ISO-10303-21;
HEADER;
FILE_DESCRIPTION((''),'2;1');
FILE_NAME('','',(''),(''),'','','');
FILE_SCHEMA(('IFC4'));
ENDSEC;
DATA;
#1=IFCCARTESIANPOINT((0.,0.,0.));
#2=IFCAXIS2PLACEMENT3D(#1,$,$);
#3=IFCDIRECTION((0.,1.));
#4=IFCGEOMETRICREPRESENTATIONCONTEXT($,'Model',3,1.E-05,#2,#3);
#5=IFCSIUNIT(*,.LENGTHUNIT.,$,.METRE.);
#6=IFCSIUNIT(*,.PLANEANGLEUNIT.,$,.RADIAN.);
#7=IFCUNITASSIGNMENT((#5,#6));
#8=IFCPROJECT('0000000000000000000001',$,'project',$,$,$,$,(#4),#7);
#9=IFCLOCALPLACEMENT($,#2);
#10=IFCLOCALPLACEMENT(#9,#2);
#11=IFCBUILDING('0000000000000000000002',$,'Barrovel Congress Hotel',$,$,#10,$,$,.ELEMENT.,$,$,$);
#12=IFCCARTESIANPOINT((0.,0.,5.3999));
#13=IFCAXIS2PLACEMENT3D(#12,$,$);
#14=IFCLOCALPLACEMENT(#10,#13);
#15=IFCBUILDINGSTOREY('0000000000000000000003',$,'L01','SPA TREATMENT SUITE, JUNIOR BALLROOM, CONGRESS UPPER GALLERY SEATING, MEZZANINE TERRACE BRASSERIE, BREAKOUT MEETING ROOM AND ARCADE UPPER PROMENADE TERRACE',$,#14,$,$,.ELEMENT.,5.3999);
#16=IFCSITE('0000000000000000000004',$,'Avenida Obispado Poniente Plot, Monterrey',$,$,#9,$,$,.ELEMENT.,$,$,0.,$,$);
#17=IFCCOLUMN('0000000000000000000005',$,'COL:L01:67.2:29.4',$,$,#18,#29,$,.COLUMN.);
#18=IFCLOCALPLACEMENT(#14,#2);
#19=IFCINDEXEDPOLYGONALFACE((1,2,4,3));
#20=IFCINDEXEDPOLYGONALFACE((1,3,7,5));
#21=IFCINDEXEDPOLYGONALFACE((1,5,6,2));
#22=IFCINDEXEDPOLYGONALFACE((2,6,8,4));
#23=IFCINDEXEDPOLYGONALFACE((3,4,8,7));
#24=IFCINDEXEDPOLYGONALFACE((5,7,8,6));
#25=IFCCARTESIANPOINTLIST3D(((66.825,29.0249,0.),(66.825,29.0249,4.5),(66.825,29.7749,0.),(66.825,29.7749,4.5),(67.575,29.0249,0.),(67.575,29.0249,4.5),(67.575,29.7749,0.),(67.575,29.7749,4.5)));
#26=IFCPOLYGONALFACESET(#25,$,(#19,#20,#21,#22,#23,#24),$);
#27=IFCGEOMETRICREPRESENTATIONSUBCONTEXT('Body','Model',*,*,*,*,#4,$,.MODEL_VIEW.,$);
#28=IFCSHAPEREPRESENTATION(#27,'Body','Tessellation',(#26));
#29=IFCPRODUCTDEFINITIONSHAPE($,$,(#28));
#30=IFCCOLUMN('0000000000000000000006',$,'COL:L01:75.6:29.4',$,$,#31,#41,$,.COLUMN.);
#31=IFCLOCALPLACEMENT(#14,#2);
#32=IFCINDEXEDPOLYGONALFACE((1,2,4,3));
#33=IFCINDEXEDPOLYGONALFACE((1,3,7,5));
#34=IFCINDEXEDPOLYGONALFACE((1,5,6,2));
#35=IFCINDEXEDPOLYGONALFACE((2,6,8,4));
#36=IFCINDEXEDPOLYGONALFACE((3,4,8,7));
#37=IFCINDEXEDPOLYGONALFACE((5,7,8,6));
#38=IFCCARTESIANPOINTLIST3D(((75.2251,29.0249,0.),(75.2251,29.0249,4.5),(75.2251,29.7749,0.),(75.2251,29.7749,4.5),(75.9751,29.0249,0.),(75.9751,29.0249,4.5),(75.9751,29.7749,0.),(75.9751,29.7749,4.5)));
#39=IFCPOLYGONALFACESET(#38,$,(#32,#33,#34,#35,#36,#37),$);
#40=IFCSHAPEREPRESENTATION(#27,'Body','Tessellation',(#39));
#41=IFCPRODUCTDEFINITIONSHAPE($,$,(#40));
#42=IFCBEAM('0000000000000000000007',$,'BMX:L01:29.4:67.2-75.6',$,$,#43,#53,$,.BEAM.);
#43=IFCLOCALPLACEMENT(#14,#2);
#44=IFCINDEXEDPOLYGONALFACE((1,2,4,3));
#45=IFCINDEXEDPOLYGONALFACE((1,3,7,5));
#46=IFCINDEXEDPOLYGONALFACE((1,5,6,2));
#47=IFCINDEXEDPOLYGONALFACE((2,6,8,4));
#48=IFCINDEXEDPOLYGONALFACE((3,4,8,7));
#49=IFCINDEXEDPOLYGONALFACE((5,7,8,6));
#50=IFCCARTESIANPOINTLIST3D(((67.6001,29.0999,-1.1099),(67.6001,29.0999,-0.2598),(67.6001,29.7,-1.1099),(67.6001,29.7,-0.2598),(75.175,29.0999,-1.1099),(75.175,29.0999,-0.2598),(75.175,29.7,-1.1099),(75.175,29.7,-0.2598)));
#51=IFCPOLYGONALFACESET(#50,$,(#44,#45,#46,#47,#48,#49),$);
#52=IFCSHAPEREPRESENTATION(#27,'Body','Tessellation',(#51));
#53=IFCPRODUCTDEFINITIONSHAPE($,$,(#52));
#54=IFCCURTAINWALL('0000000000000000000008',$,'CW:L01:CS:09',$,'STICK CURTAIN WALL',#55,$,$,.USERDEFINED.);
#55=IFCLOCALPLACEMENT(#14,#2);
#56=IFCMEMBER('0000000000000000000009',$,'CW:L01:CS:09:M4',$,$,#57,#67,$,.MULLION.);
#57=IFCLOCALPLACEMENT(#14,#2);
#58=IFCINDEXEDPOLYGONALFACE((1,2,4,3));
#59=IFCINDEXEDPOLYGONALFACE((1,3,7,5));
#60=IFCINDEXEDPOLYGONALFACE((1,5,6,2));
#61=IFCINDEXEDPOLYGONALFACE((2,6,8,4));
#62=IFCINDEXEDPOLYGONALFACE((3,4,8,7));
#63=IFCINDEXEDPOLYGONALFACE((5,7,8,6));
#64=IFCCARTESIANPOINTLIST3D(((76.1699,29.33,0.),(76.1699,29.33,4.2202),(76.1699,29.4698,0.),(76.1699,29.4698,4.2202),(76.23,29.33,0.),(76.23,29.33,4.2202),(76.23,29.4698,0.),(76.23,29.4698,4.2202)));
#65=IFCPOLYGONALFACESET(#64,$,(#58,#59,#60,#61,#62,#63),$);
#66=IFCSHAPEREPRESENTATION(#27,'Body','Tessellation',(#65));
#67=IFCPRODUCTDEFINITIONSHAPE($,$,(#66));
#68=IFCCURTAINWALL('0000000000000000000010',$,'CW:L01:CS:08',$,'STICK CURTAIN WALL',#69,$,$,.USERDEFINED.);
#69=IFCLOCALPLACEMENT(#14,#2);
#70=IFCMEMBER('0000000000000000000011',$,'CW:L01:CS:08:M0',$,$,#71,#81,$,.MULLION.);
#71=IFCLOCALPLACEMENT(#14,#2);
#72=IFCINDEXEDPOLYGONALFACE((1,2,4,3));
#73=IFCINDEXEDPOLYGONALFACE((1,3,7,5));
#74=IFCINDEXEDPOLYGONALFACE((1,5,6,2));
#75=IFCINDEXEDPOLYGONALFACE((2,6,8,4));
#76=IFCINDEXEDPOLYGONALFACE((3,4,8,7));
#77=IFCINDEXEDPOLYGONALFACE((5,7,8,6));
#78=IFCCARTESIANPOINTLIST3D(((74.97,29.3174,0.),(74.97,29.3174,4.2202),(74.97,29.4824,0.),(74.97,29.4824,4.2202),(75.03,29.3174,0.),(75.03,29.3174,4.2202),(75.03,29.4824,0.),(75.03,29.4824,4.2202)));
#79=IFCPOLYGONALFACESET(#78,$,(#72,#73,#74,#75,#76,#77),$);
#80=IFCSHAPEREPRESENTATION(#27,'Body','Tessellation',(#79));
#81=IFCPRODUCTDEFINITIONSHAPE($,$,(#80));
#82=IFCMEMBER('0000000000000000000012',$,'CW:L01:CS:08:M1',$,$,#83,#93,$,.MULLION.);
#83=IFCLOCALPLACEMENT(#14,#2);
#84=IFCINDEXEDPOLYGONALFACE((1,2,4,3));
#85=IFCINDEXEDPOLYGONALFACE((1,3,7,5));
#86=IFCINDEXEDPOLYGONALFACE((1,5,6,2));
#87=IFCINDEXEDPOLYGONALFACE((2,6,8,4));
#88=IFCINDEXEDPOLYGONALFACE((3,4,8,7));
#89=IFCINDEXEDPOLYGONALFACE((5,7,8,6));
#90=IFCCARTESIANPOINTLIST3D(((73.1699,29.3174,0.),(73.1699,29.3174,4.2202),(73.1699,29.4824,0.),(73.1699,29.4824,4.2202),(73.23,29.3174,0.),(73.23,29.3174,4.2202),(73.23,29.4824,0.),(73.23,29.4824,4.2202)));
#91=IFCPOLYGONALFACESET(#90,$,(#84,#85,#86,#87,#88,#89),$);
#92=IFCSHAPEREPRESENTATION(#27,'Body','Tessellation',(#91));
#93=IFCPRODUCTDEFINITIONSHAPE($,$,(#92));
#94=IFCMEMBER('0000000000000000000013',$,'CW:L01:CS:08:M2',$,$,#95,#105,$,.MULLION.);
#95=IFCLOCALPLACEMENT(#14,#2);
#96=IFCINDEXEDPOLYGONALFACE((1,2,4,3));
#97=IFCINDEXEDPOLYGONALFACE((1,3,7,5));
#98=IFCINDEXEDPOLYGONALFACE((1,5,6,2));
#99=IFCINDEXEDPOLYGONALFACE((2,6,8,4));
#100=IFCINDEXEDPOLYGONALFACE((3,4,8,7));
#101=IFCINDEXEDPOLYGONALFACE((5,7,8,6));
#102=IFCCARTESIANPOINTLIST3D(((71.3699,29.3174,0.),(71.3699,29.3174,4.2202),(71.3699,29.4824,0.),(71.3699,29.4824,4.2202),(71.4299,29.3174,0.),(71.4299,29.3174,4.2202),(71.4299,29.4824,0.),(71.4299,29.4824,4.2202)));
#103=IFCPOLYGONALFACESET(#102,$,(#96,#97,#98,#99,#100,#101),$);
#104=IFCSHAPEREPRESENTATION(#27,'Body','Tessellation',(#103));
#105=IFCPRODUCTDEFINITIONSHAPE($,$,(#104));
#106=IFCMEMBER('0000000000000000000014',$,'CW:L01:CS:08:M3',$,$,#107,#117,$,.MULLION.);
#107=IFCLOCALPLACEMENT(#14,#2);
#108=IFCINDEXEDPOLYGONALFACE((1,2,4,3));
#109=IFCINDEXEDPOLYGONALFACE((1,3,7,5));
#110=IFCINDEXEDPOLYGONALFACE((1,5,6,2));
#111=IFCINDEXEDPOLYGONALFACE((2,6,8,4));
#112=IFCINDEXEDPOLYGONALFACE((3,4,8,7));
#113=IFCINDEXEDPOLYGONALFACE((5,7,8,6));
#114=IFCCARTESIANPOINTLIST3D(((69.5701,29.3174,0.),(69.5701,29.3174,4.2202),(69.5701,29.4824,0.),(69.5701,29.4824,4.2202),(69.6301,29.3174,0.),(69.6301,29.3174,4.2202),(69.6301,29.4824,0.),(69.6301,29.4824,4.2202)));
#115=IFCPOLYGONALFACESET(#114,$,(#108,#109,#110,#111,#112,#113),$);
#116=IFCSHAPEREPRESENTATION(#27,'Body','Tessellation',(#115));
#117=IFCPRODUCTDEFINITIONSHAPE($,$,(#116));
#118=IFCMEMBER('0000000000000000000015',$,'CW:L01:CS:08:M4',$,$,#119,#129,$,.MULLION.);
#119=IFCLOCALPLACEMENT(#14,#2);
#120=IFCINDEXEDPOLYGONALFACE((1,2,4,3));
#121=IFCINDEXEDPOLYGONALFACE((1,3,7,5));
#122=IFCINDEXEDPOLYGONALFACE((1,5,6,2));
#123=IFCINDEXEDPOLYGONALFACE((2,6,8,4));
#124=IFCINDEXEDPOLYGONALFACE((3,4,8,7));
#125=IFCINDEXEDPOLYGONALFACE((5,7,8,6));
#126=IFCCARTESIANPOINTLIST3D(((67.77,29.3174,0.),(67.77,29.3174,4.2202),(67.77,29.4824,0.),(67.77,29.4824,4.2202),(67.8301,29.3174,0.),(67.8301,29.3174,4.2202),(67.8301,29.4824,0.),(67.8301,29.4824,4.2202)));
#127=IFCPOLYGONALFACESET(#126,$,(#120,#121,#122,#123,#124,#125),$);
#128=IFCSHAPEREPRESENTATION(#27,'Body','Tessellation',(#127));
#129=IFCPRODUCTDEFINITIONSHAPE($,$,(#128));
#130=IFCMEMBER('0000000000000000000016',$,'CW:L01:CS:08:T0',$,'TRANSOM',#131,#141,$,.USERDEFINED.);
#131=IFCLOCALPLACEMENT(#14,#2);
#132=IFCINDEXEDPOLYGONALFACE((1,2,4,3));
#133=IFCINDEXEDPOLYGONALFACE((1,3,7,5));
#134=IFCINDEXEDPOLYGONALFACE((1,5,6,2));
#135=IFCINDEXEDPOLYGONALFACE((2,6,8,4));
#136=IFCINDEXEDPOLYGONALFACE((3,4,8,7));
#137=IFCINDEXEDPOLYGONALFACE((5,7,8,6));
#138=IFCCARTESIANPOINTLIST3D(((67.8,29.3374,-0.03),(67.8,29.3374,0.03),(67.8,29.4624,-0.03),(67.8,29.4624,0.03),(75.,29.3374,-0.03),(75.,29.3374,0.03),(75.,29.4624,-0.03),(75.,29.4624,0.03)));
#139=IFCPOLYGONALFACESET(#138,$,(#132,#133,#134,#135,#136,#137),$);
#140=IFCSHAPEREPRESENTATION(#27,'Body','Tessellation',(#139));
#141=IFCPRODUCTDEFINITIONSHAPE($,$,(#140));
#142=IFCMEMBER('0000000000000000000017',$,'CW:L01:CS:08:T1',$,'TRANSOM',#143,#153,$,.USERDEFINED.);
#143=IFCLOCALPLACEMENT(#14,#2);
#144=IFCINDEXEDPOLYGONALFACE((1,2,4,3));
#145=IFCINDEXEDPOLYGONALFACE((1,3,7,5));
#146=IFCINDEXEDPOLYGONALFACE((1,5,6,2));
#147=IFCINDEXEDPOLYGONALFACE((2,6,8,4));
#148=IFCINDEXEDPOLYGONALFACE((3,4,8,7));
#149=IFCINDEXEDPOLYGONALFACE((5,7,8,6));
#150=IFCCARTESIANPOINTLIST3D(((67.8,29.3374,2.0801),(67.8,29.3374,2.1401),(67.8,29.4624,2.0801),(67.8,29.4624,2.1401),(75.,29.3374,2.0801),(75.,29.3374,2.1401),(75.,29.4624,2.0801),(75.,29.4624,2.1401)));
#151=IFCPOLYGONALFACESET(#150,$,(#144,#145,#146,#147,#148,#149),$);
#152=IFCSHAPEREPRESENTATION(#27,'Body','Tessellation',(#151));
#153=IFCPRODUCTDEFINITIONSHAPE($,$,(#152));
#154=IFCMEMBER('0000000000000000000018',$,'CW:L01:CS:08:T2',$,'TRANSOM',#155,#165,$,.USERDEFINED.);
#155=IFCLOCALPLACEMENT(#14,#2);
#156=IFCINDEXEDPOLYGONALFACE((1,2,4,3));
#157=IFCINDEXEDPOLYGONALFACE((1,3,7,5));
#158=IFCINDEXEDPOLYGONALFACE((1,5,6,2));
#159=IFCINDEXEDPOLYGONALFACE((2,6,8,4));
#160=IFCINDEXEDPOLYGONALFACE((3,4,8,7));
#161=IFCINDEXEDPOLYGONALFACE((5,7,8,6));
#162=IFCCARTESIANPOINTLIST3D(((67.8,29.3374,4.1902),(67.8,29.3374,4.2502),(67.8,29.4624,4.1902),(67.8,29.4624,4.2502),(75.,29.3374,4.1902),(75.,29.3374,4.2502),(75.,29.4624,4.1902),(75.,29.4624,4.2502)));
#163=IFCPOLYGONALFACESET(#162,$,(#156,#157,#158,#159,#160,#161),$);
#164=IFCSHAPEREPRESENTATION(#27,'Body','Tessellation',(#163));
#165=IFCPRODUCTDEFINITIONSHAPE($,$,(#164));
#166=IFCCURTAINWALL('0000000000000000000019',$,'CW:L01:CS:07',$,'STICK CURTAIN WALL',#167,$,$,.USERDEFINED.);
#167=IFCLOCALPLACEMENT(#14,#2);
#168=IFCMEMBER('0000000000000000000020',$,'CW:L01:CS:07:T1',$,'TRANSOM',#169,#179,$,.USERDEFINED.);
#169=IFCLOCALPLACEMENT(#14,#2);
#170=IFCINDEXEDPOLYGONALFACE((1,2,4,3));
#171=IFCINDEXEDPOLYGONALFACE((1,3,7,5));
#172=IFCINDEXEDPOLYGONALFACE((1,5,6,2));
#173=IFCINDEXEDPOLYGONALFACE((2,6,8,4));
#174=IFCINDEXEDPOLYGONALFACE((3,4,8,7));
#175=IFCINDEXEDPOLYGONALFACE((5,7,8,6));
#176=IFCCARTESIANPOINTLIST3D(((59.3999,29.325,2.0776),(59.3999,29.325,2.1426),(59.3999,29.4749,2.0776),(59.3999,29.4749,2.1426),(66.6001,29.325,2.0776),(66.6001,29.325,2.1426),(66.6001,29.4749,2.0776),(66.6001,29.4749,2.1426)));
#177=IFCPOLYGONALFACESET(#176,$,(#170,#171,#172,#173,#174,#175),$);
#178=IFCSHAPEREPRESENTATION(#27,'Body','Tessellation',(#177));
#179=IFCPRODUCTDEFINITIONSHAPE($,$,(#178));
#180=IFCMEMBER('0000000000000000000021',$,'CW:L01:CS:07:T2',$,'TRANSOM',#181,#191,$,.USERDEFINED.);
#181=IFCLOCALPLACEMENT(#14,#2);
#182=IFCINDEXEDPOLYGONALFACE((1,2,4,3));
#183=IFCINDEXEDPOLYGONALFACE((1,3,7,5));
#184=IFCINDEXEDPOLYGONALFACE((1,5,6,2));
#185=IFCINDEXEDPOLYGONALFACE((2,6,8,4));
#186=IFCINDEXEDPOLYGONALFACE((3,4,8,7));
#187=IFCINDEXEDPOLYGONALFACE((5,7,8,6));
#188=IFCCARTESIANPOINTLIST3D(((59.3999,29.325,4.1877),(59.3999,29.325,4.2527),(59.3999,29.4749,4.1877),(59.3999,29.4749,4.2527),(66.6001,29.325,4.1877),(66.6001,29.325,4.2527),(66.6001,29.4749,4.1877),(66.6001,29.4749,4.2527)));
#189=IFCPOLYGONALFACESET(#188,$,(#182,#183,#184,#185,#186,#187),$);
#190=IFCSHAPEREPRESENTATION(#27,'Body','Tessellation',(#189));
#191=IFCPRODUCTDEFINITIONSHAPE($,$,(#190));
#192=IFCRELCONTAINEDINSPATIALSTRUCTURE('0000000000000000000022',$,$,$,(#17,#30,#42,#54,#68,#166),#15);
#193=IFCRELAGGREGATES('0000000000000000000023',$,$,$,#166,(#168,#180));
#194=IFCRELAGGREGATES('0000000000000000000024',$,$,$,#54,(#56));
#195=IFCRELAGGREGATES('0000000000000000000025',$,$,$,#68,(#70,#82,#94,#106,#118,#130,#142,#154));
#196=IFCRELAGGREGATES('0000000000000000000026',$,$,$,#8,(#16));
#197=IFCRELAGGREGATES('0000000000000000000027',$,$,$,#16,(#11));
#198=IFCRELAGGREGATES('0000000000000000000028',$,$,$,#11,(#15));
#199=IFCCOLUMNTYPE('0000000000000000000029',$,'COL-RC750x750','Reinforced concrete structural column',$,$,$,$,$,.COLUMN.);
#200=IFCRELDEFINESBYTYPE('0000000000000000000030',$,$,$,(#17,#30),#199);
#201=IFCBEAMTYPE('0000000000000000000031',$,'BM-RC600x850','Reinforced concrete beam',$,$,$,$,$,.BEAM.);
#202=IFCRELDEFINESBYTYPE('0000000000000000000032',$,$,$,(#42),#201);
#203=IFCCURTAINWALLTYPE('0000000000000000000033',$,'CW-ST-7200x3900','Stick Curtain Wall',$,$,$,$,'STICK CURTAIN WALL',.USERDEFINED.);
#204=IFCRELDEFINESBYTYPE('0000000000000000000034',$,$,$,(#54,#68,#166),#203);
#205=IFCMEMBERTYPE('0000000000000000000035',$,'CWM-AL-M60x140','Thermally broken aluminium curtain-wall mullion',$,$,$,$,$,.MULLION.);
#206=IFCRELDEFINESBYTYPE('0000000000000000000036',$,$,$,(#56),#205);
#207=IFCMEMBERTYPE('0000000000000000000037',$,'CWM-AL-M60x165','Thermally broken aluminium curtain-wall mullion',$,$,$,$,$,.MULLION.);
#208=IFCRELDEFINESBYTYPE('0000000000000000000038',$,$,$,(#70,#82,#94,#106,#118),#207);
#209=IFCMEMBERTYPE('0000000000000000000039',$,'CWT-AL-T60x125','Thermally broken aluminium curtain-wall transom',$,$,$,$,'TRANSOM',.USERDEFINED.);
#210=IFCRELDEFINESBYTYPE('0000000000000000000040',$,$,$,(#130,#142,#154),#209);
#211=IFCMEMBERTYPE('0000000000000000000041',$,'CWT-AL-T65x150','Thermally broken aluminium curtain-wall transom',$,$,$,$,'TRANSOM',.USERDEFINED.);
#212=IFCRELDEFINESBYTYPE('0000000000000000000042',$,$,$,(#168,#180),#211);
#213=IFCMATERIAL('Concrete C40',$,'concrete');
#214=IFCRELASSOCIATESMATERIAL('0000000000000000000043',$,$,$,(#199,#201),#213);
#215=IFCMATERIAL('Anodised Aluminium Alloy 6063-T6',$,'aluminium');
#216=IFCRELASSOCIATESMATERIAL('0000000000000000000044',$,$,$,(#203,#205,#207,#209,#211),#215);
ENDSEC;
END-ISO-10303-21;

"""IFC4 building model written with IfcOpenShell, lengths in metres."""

from ifc_helpers import new_model, si_unit, direction, frame, origin, origin_2d, place, context, subcontext, project, spatial, rectangle, extrude, material, material_profile, profile_set, type_object, element, aggregate, save


model = new_model("IFC4")

# Units and contexts
model_context = context("Model", 3, precision=1e-05, world=origin(), true_north=direction((0.0, 1.0)))
body_context = subcontext(model_context, "Body", "Model", "MODEL_VIEW")
ifc_project = project(units=[si_unit("LENGTHUNIT", "METRE"), si_unit("PLANEANGLEUNIT", "RADIAN")], contexts=[model_context])

# Site, building, storey
site_placement = place(None, origin())
site = spatial("IfcSite", under=ifc_project, at=site_placement, Name="Avenida Obispado Poniente Plot, Monterrey", CompositionType="ELEMENT", RefElevation=0.0)
building_placement = place(site_placement, origin())
building = spatial("IfcBuilding", under=site, at=building_placement, Name="Barrovel Congress Hotel", CompositionType="ELEMENT")
storey_placement = place(building_placement, frame((0.0, 0.0, 5.3999)))
storey = spatial("IfcBuildingStorey", under=building, at=storey_placement, Name="L01", Description="SPA TREATMENT SUITE, JUNIOR BALLROOM, CONGRESS UPPER GALLERY SEATING, MEZZANINE TERRACE BRASSERIE, BREAKOUT MEETING ROOM AND ARCADE UPPER PROMENADE TERRACE", CompositionType="ELEMENT", Elevation=5.3999)

# Columns
ifc_material_1 = material(Name="Concrete C40", Category="concrete")
ifc_material_profile_1 = material_profile(ifc_material_1, rectangle(XDim=0.75, YDim=0.75, at=origin_2d()), Name="RC750x750")
ifc_profile_set_1 = profile_set([ifc_material_profile_1], Name="Concrete C40")
column_type = type_object("IfcColumnType", Name="COL-RC750x750", Description="Reinforced concrete structural column", PredefinedType="COLUMN", material=ifc_profile_set_1)
for number, where, z_axis, x_axis, name in (
    (1, (67.2, 29.3999, 0.0), (0.0, 0.0, 1.0), (1.0, 0.0, 0.0), "COL:L01:67.2:29.4"),
    (2, (75.6001, 29.3999, 0.0), (0.0, 0.0, 1.0), (1.0, 0.0, 0.0), "COL:L01:75.6:29.4"),
):
    element("IfcColumn", number, at=place(storey_placement, frame(where, z_axis=z_axis, x_axis=x_axis)), inside=storey, type_object=column_type, Name=name, PredefinedType="COLUMN", context=body_context, shape_type="SweptSolid", body=[
        extrude(rectangle(XDim=0.75, YDim=0.75, at=origin_2d()), origin(), (0.0, 0.0, 1.0), 4.5),
    ])

# Beam
ifc_material_profile_2 = material_profile(ifc_material_1, rectangle(XDim=0.6001, YDim=0.8501, at=origin_2d()), Name="RC600x850")
ifc_profile_set_2 = profile_set([ifc_material_profile_2], Name="Concrete C40")
beam_type_1 = type_object("IfcBeamType", Name="BM-RC600x850", Description="Reinforced concrete beam", PredefinedType="BEAM", material=ifc_profile_set_2)
beam_1_placement = place(storey_placement, frame((67.6001, 29.3999, -0.6848), z_axis=(1.0, 0.0, 0.0), x_axis=(0.0, 1.0, 0.0)))
element("IfcBeam", 3, at=beam_1_placement, inside=storey, type_object=beam_type_1, Name="BMX:L01:29.4:67.2-75.6", PredefinedType="BEAM", context=body_context, shape_type="SweptSolid", body=[
    extrude(rectangle(XDim=0.6001, YDim=0.8501, at=origin_2d()), origin(), (0.0, 0.0, 1.0), 7.575),
])

# Curtain wall, member
ifc_material_2 = material(Name="Anodised Aluminium Alloy 6063-T6", Category="aluminium")
curtain_wall_type = type_object("IfcCurtainWallType", Name="CW-ST-7200x3900", Description="Stick Curtain Wall", ElementType="STICK CURTAIN WALL", PredefinedType="USERDEFINED", material=ifc_material_2)
curtain_wall_1_placement = place(storey_placement, origin())
curtain_wall_1 = element("IfcCurtainWall", 4, at=curtain_wall_1_placement, inside=storey, type_object=curtain_wall_type, Name="CW:L01:CS:09", ObjectType="STICK CURTAIN WALL", PredefinedType="USERDEFINED")
ifc_material_profile_3 = material_profile(ifc_material_2, rectangle(XDim=0.0601, YDim=0.1399, at=origin_2d()), Name="AL-M60x140")
ifc_profile_set_3 = profile_set([ifc_material_profile_3], Name="Anodised Aluminium Alloy 6063-T6")
member_type_1 = type_object("IfcMemberType", Name="CWM-AL-M60x140", Description="Thermally broken aluminium curtain-wall mullion", PredefinedType="MULLION", material=ifc_profile_set_3)
member_1_placement = place(storey_placement, frame((76.2, 29.3999, 0.0), z_axis=(0.0, 0.0, 1.0), x_axis=(1.0, 0.0, 0.0)))
member_1 = element("IfcMember", 5, at=member_1_placement, type_object=member_type_1, Name="CW:L01:CS:09:M4", PredefinedType="MULLION", context=body_context, shape_type="SweptSolid", body=[
    extrude(rectangle(XDim=0.0601, YDim=0.1399, at=origin_2d()), origin(), (0.0, 0.0, 1.0), 4.2202),
])

# Curtain walls, members
curtain_wall_2_placement = place(storey_placement, origin())
curtain_wall_2 = element("IfcCurtainWall", 6, at=curtain_wall_2_placement, inside=storey, type_object=curtain_wall_type, Name="CW:L01:CS:08", ObjectType="STICK CURTAIN WALL", PredefinedType="USERDEFINED")
ifc_material_profile_4 = material_profile(ifc_material_2, rectangle(XDim=0.0601, YDim=0.165, at=origin_2d()), Name="AL-M60x165")
ifc_profile_set_4 = profile_set([ifc_material_profile_4], Name="Anodised Aluminium Alloy 6063-T6")
member_type_2 = type_object("IfcMemberType", Name="CWM-AL-M60x165", Description="Thermally broken aluminium curtain-wall mullion", PredefinedType="MULLION", material=ifc_profile_set_4)
member_2_placement = place(storey_placement, frame((75.0, 29.3999, 0.0), z_axis=(0.0, 0.0, 1.0), x_axis=(1.0, 0.0, 0.0)))
member_2 = element("IfcMember", 7, at=member_2_placement, type_object=member_type_2, Name="CW:L01:CS:08:M0", PredefinedType="MULLION", context=body_context, shape_type="SweptSolid", body=[
    extrude(rectangle(XDim=0.0601, YDim=0.165, at=origin_2d()), origin(), (0.0, 0.0, 1.0), 4.2202),
])
member_3_placement = place(storey_placement, frame((73.2, 29.3999, 0.0), z_axis=(0.0, 0.0, 1.0), x_axis=(1.0, 0.0, 0.0)))
member_3 = element("IfcMember", 8, at=member_3_placement, type_object=member_type_2, Name="CW:L01:CS:08:M1", PredefinedType="MULLION", context=body_context, shape_type="SweptSolid", body=[
    extrude(rectangle(XDim=0.0601, YDim=0.165, at=origin_2d()), origin(), (0.0, 0.0, 1.0), 4.2202),
])
member_4_placement = place(storey_placement, frame((71.3999, 29.3999, 0.0), z_axis=(0.0, 0.0, 1.0), x_axis=(1.0, 0.0, 0.0)))
member_4 = element("IfcMember", 9, at=member_4_placement, type_object=member_type_2, Name="CW:L01:CS:08:M2", PredefinedType="MULLION", context=body_context, shape_type="SweptSolid", body=[
    extrude(rectangle(XDim=0.0601, YDim=0.165, at=origin_2d()), origin(), (0.0, 0.0, 1.0), 4.2202),
])
member_5_placement = place(storey_placement, frame((69.6001, 29.3999, 0.0), z_axis=(0.0, 0.0, 1.0), x_axis=(1.0, 0.0, 0.0)))
member_5 = element("IfcMember", 10, at=member_5_placement, type_object=member_type_2, Name="CW:L01:CS:08:M3", PredefinedType="MULLION", context=body_context, shape_type="SweptSolid", body=[
    extrude(rectangle(XDim=0.0601, YDim=0.165, at=origin_2d()), origin(), (0.0, 0.0, 1.0), 4.2202),
])
member_6_placement = place(storey_placement, frame((67.8, 29.3999, 0.0), z_axis=(0.0, 0.0, 1.0), x_axis=(1.0, 0.0, 0.0)))
member_6 = element("IfcMember", 11, at=member_6_placement, type_object=member_type_2, Name="CW:L01:CS:08:M4", PredefinedType="MULLION", context=body_context, shape_type="SweptSolid", body=[
    extrude(rectangle(XDim=0.0601, YDim=0.165, at=origin_2d()), origin(), (0.0, 0.0, 1.0), 4.2202),
])
ifc_material_profile_5 = material_profile(ifc_material_2, rectangle(XDim=0.125, YDim=0.0601, at=origin_2d()), Name="AL-T60x125")
ifc_profile_set_5 = profile_set([ifc_material_profile_5], Name="Anodised Aluminium Alloy 6063-T6")
member_type_3 = type_object("IfcMemberType", Name="CWT-AL-T60x125", Description="Thermally broken aluminium curtain-wall transom", ElementType="TRANSOM", PredefinedType="USERDEFINED", material=ifc_profile_set_5)
member_7_placement = place(storey_placement, frame((75.0, 29.3999, 0.0), z_axis=(-1.0, 0.0, 0.0), x_axis=(0.0, -1.0, 0.0)))
member_7 = element("IfcMember", 12, at=member_7_placement, type_object=member_type_3, Name="CW:L01:CS:08:T0", ObjectType="TRANSOM", PredefinedType="USERDEFINED", context=body_context, shape_type="SweptSolid", body=[
    extrude(rectangle(XDim=0.125, YDim=0.0601, at=origin_2d()), origin(), (0.0, 0.0, 1.0), 7.2),
])
member_8_placement = place(storey_placement, frame((75.0, 29.3999, 2.1101), z_axis=(-1.0, 0.0, 0.0), x_axis=(0.0, -1.0, 0.0)))
member_8 = element("IfcMember", 13, at=member_8_placement, type_object=member_type_3, Name="CW:L01:CS:08:T1", ObjectType="TRANSOM", PredefinedType="USERDEFINED", context=body_context, shape_type="SweptSolid", body=[
    extrude(rectangle(XDim=0.125, YDim=0.0601, at=origin_2d()), origin(), (0.0, 0.0, 1.0), 7.2),
])
member_9_placement = place(storey_placement, frame((75.0, 29.3999, 4.2202), z_axis=(-1.0, 0.0, 0.0), x_axis=(0.0, -1.0, 0.0)))
member_9 = element("IfcMember", 14, at=member_9_placement, type_object=member_type_3, Name="CW:L01:CS:08:T2", ObjectType="TRANSOM", PredefinedType="USERDEFINED", context=body_context, shape_type="SweptSolid", body=[
    extrude(rectangle(XDim=0.125, YDim=0.0601, at=origin_2d()), origin(), (0.0, 0.0, 1.0), 7.2),
])
curtain_wall_3_placement = place(storey_placement, origin())
curtain_wall_3 = element("IfcCurtainWall", 15, at=curtain_wall_3_placement, inside=storey, type_object=curtain_wall_type, Name="CW:L01:CS:07", ObjectType="STICK CURTAIN WALL", PredefinedType="USERDEFINED")
ifc_material_profile_6 = material_profile(ifc_material_2, rectangle(XDim=0.1499, YDim=0.0649, at=origin_2d()), Name="AL-T65x150")
ifc_profile_set_6 = profile_set([ifc_material_profile_6], Name="Anodised Aluminium Alloy 6063-T6")
member_type_4 = type_object("IfcMemberType", Name="CWT-AL-T65x150", Description="Thermally broken aluminium curtain-wall transom", ElementType="TRANSOM", PredefinedType="USERDEFINED", material=ifc_profile_set_6)
member_10_placement = place(storey_placement, frame((66.6001, 29.3999, 2.1101), z_axis=(-1.0, 0.0, 0.0), x_axis=(0.0, -1.0, 0.0)))
member_10 = element("IfcMember", 16, at=member_10_placement, type_object=member_type_4, Name="CW:L01:CS:07:T1", ObjectType="TRANSOM", PredefinedType="USERDEFINED", context=body_context, shape_type="SweptSolid", body=[
    extrude(rectangle(XDim=0.1499, YDim=0.0649, at=origin_2d()), origin(), (0.0, 0.0, 1.0), 7.2002),
])
member_11_placement = place(storey_placement, frame((66.6001, 29.3999, 4.2202), z_axis=(-1.0, 0.0, 0.0), x_axis=(0.0, -1.0, 0.0)))
member_11 = element("IfcMember", 17, at=member_11_placement, type_object=member_type_4, Name="CW:L01:CS:07:T2", ObjectType="TRANSOM", PredefinedType="USERDEFINED", context=body_context, shape_type="SweptSolid", body=[
    extrude(rectangle(XDim=0.1499, YDim=0.0649, at=origin_2d()), origin(), (0.0, 0.0, 1.0), 7.2002),
])
aggregate(curtain_wall_3, [member_10, member_11])

aggregate(curtain_wall_1, [member_1])
aggregate(curtain_wall_2, [member_2, member_3, member_4, member_5, member_6, member_7, member_8, member_9])

save(model, "model.ifc")
